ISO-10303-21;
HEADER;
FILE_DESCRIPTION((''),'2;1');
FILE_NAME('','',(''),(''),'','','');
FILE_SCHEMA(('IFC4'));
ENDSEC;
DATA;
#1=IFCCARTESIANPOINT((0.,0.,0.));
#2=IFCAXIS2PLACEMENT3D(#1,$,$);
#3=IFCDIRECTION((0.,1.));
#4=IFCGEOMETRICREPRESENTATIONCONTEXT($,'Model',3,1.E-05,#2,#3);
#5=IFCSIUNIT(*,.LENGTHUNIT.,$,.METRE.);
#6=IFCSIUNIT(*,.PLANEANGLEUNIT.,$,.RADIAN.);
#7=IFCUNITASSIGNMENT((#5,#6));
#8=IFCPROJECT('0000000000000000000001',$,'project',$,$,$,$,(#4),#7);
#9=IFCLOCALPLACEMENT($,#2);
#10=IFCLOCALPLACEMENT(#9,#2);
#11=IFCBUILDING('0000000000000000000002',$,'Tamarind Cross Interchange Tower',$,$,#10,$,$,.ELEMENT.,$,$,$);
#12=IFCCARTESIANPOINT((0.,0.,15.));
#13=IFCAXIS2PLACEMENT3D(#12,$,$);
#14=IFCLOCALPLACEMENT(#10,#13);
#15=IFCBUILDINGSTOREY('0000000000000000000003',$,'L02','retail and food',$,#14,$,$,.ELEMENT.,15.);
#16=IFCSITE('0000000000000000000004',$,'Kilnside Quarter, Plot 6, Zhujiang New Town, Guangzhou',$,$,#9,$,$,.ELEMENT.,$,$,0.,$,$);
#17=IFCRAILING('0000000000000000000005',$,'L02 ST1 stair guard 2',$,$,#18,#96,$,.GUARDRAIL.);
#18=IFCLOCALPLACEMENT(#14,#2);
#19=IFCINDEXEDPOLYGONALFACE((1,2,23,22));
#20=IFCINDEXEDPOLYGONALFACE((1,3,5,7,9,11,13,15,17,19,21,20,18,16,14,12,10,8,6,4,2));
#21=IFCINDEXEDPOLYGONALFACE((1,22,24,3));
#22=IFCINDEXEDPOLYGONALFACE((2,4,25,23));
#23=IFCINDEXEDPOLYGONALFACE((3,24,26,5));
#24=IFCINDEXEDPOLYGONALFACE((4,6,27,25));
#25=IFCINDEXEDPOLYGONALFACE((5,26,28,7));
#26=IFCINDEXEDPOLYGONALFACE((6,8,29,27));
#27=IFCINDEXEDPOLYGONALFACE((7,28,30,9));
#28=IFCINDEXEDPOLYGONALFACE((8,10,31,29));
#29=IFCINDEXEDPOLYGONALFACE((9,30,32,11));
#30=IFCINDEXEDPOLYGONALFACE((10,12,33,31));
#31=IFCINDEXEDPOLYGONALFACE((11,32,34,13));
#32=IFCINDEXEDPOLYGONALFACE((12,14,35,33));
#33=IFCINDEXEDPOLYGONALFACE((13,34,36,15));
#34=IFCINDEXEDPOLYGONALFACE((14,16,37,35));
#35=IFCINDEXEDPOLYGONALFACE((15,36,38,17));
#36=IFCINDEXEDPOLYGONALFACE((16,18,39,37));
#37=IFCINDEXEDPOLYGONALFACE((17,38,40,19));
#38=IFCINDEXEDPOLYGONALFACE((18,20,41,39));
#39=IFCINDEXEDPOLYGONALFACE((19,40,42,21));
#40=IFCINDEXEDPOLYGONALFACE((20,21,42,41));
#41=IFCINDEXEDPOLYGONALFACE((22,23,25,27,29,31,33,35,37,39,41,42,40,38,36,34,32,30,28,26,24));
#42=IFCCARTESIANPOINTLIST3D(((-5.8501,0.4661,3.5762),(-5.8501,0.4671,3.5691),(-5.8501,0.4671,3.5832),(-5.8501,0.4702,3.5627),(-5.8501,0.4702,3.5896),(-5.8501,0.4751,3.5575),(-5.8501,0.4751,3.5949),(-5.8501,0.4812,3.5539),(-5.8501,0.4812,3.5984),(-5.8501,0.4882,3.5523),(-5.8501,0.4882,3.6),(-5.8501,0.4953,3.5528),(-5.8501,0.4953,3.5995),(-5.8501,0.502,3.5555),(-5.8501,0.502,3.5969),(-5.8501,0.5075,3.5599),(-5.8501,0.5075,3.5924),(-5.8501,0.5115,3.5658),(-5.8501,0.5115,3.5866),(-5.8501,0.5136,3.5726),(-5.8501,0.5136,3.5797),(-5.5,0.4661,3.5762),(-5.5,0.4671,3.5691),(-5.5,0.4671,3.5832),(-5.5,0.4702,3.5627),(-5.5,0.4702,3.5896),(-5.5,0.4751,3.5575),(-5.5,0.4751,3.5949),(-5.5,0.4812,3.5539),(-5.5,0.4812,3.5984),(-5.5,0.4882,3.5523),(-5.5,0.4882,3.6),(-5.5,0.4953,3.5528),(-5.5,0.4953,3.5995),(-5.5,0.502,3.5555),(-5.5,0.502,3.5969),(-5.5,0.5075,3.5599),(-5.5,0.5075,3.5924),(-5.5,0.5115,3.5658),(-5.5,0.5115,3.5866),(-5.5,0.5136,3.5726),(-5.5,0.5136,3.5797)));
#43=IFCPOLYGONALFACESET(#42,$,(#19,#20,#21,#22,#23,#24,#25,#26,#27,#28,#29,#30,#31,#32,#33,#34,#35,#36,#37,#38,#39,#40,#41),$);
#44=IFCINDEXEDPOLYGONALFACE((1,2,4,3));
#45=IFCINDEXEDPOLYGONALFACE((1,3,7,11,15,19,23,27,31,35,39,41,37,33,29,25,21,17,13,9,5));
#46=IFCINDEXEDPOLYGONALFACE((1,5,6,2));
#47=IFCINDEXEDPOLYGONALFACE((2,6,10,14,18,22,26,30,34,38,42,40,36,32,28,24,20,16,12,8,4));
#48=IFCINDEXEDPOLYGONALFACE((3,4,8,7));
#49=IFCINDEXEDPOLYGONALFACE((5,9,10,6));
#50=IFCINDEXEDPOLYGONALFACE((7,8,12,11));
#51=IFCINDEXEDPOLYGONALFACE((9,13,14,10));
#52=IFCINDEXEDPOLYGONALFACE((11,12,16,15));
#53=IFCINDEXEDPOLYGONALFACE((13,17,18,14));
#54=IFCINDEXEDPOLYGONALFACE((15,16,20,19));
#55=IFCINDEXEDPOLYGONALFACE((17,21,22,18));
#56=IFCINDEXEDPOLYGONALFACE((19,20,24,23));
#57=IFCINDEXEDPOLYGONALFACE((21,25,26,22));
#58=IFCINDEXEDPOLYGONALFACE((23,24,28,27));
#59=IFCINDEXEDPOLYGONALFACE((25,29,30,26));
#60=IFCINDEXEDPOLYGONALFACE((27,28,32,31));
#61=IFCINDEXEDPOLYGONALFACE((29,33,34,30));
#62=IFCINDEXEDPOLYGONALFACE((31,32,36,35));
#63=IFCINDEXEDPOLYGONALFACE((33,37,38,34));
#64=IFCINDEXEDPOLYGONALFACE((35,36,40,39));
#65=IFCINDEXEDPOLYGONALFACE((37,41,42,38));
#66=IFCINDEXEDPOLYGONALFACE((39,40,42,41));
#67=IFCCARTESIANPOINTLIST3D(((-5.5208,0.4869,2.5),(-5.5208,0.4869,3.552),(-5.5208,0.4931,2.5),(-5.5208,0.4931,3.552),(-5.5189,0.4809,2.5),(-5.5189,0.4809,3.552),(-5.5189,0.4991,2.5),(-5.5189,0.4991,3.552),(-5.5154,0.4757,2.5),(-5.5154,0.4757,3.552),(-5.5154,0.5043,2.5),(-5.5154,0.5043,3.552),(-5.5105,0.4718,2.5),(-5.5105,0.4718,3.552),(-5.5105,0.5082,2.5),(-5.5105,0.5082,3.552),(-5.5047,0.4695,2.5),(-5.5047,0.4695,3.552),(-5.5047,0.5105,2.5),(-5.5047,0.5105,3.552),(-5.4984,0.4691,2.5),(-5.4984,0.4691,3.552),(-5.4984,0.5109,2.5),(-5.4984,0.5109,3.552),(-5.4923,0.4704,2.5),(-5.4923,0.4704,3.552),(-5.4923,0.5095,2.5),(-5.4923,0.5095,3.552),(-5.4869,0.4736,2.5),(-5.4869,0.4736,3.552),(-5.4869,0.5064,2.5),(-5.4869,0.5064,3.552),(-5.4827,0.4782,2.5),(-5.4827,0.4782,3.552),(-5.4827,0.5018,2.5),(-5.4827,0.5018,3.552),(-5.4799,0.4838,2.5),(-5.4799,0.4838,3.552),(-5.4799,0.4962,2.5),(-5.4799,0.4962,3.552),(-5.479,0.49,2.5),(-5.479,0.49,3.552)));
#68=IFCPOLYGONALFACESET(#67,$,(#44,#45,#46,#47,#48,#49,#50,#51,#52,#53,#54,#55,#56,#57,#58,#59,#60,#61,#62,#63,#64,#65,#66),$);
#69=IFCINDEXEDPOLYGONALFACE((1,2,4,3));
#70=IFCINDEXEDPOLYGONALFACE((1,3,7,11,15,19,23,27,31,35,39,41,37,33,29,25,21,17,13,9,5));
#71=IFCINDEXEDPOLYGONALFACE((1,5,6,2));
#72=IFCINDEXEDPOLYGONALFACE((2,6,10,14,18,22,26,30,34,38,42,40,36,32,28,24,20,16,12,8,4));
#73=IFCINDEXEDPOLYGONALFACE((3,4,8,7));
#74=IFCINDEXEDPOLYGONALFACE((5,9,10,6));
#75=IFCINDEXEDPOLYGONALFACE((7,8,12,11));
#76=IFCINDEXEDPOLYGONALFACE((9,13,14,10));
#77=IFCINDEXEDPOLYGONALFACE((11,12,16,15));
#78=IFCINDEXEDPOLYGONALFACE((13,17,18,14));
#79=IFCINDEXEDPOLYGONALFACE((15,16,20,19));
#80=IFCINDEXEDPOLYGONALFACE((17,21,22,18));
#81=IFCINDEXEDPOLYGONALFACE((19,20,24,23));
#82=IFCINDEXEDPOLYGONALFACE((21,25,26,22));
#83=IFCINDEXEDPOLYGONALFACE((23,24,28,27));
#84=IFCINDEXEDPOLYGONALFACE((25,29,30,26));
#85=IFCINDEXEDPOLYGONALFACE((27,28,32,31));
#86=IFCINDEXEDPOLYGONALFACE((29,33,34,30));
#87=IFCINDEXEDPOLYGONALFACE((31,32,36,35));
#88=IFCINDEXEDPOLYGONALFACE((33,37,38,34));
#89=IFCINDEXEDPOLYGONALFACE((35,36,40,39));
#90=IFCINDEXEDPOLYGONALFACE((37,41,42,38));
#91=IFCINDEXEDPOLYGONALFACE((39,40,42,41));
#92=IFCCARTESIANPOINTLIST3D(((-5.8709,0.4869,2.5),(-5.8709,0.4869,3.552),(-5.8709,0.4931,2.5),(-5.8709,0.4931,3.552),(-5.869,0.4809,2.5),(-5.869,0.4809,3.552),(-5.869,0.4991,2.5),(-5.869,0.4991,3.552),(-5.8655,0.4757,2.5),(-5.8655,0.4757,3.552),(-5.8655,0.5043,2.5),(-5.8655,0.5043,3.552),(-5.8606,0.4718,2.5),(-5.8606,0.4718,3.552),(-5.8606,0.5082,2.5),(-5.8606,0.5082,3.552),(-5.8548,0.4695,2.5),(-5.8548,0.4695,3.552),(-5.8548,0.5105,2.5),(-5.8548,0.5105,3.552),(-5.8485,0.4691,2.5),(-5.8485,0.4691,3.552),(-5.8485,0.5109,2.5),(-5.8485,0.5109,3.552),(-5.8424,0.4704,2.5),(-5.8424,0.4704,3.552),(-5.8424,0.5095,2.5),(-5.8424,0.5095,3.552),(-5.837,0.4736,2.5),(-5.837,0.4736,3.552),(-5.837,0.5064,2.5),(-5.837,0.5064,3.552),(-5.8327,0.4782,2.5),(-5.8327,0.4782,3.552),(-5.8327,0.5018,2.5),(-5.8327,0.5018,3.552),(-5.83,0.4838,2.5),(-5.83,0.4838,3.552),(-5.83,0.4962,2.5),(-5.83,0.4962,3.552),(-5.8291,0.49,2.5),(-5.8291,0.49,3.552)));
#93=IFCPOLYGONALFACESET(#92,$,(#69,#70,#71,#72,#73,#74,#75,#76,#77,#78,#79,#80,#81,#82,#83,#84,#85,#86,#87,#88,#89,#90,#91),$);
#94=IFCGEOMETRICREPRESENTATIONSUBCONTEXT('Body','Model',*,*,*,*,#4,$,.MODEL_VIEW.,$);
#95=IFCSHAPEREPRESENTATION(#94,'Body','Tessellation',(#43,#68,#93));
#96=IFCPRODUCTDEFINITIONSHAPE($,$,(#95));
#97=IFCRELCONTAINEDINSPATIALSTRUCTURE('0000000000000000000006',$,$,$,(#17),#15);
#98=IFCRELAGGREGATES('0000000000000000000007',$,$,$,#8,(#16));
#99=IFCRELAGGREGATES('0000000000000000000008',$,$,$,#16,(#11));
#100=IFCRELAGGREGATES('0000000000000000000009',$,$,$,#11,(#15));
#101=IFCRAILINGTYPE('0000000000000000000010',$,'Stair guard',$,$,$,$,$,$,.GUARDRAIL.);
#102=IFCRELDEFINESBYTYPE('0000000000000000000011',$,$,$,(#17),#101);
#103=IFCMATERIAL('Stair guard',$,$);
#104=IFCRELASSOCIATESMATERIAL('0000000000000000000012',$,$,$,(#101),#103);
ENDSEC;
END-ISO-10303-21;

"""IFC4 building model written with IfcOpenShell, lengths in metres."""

from ifc_helpers import new_model, si_unit, direction, frame, origin, origin_2d, place, context, subcontext, project, spatial, circle, extrude, material, type_object, element, save


model = new_model("IFC4")

# Units and contexts
model_context = context("Model", 3, precision=1e-05, world=origin(), true_north=direction((0.0, 1.0)))
body_context = subcontext(model_context, "Body", "Model", "MODEL_VIEW")
ifc_project = project(units=[si_unit("LENGTHUNIT", "METRE"), si_unit("PLANEANGLEUNIT", "RADIAN")], contexts=[model_context])

# Site, building, storey
site_placement = place(None, origin())
site = spatial("IfcSite", under=ifc_project, at=site_placement, Name="Kilnside Quarter, Plot 6, Zhujiang New Town, Guangzhou", CompositionType="ELEMENT", RefElevation=0.0)
building_placement = place(site_placement, origin())
building = spatial("IfcBuilding", under=site, at=building_placement, Name="Tamarind Cross Interchange Tower", CompositionType="ELEMENT")
storey_placement = place(building_placement, frame((0.0, 0.0, 15.0)))
storey = spatial("IfcBuildingStorey", under=building, at=storey_placement, Name="L02", Description="retail and food", CompositionType="ELEMENT", Elevation=15.0)

# Railing
ifc_material_1 = material(Name="Stair guard")
railing_type_1 = type_object("IfcRailingType", Name="Stair guard", PredefinedType="GUARDRAIL", material=ifc_material_1)
railing_1_placement = place(storey_placement, frame((-5.5, 0.49, 2.5)))
element("IfcRailing", 1, at=railing_1_placement, inside=storey, type_object=railing_type_1, Name="L02 ST1 stair guard 2", PredefinedType="GUARDRAIL", context=body_context, shape_type="SweptSolid", body=[
    extrude(circle(Radius=0.0239, at=origin_2d()), frame((0.0, 0.0, 1.0762), z_axis=(-1.0, 0.0, 0.0), x_axis=(0.0, -1.0, 0.0)), (0.0, 0.0, 1.0), 0.3501),
    extrude(circle(Radius=0.021, at=origin_2d()), origin(), (0.0, 0.0, 1.0), 1.052),
    extrude(circle(Radius=0.021, at=origin_2d()), frame((-0.3501, 0.0, 0.0)), (0.0, 0.0, 1.0), 1.052),
])

save(model, "model.ifc")
